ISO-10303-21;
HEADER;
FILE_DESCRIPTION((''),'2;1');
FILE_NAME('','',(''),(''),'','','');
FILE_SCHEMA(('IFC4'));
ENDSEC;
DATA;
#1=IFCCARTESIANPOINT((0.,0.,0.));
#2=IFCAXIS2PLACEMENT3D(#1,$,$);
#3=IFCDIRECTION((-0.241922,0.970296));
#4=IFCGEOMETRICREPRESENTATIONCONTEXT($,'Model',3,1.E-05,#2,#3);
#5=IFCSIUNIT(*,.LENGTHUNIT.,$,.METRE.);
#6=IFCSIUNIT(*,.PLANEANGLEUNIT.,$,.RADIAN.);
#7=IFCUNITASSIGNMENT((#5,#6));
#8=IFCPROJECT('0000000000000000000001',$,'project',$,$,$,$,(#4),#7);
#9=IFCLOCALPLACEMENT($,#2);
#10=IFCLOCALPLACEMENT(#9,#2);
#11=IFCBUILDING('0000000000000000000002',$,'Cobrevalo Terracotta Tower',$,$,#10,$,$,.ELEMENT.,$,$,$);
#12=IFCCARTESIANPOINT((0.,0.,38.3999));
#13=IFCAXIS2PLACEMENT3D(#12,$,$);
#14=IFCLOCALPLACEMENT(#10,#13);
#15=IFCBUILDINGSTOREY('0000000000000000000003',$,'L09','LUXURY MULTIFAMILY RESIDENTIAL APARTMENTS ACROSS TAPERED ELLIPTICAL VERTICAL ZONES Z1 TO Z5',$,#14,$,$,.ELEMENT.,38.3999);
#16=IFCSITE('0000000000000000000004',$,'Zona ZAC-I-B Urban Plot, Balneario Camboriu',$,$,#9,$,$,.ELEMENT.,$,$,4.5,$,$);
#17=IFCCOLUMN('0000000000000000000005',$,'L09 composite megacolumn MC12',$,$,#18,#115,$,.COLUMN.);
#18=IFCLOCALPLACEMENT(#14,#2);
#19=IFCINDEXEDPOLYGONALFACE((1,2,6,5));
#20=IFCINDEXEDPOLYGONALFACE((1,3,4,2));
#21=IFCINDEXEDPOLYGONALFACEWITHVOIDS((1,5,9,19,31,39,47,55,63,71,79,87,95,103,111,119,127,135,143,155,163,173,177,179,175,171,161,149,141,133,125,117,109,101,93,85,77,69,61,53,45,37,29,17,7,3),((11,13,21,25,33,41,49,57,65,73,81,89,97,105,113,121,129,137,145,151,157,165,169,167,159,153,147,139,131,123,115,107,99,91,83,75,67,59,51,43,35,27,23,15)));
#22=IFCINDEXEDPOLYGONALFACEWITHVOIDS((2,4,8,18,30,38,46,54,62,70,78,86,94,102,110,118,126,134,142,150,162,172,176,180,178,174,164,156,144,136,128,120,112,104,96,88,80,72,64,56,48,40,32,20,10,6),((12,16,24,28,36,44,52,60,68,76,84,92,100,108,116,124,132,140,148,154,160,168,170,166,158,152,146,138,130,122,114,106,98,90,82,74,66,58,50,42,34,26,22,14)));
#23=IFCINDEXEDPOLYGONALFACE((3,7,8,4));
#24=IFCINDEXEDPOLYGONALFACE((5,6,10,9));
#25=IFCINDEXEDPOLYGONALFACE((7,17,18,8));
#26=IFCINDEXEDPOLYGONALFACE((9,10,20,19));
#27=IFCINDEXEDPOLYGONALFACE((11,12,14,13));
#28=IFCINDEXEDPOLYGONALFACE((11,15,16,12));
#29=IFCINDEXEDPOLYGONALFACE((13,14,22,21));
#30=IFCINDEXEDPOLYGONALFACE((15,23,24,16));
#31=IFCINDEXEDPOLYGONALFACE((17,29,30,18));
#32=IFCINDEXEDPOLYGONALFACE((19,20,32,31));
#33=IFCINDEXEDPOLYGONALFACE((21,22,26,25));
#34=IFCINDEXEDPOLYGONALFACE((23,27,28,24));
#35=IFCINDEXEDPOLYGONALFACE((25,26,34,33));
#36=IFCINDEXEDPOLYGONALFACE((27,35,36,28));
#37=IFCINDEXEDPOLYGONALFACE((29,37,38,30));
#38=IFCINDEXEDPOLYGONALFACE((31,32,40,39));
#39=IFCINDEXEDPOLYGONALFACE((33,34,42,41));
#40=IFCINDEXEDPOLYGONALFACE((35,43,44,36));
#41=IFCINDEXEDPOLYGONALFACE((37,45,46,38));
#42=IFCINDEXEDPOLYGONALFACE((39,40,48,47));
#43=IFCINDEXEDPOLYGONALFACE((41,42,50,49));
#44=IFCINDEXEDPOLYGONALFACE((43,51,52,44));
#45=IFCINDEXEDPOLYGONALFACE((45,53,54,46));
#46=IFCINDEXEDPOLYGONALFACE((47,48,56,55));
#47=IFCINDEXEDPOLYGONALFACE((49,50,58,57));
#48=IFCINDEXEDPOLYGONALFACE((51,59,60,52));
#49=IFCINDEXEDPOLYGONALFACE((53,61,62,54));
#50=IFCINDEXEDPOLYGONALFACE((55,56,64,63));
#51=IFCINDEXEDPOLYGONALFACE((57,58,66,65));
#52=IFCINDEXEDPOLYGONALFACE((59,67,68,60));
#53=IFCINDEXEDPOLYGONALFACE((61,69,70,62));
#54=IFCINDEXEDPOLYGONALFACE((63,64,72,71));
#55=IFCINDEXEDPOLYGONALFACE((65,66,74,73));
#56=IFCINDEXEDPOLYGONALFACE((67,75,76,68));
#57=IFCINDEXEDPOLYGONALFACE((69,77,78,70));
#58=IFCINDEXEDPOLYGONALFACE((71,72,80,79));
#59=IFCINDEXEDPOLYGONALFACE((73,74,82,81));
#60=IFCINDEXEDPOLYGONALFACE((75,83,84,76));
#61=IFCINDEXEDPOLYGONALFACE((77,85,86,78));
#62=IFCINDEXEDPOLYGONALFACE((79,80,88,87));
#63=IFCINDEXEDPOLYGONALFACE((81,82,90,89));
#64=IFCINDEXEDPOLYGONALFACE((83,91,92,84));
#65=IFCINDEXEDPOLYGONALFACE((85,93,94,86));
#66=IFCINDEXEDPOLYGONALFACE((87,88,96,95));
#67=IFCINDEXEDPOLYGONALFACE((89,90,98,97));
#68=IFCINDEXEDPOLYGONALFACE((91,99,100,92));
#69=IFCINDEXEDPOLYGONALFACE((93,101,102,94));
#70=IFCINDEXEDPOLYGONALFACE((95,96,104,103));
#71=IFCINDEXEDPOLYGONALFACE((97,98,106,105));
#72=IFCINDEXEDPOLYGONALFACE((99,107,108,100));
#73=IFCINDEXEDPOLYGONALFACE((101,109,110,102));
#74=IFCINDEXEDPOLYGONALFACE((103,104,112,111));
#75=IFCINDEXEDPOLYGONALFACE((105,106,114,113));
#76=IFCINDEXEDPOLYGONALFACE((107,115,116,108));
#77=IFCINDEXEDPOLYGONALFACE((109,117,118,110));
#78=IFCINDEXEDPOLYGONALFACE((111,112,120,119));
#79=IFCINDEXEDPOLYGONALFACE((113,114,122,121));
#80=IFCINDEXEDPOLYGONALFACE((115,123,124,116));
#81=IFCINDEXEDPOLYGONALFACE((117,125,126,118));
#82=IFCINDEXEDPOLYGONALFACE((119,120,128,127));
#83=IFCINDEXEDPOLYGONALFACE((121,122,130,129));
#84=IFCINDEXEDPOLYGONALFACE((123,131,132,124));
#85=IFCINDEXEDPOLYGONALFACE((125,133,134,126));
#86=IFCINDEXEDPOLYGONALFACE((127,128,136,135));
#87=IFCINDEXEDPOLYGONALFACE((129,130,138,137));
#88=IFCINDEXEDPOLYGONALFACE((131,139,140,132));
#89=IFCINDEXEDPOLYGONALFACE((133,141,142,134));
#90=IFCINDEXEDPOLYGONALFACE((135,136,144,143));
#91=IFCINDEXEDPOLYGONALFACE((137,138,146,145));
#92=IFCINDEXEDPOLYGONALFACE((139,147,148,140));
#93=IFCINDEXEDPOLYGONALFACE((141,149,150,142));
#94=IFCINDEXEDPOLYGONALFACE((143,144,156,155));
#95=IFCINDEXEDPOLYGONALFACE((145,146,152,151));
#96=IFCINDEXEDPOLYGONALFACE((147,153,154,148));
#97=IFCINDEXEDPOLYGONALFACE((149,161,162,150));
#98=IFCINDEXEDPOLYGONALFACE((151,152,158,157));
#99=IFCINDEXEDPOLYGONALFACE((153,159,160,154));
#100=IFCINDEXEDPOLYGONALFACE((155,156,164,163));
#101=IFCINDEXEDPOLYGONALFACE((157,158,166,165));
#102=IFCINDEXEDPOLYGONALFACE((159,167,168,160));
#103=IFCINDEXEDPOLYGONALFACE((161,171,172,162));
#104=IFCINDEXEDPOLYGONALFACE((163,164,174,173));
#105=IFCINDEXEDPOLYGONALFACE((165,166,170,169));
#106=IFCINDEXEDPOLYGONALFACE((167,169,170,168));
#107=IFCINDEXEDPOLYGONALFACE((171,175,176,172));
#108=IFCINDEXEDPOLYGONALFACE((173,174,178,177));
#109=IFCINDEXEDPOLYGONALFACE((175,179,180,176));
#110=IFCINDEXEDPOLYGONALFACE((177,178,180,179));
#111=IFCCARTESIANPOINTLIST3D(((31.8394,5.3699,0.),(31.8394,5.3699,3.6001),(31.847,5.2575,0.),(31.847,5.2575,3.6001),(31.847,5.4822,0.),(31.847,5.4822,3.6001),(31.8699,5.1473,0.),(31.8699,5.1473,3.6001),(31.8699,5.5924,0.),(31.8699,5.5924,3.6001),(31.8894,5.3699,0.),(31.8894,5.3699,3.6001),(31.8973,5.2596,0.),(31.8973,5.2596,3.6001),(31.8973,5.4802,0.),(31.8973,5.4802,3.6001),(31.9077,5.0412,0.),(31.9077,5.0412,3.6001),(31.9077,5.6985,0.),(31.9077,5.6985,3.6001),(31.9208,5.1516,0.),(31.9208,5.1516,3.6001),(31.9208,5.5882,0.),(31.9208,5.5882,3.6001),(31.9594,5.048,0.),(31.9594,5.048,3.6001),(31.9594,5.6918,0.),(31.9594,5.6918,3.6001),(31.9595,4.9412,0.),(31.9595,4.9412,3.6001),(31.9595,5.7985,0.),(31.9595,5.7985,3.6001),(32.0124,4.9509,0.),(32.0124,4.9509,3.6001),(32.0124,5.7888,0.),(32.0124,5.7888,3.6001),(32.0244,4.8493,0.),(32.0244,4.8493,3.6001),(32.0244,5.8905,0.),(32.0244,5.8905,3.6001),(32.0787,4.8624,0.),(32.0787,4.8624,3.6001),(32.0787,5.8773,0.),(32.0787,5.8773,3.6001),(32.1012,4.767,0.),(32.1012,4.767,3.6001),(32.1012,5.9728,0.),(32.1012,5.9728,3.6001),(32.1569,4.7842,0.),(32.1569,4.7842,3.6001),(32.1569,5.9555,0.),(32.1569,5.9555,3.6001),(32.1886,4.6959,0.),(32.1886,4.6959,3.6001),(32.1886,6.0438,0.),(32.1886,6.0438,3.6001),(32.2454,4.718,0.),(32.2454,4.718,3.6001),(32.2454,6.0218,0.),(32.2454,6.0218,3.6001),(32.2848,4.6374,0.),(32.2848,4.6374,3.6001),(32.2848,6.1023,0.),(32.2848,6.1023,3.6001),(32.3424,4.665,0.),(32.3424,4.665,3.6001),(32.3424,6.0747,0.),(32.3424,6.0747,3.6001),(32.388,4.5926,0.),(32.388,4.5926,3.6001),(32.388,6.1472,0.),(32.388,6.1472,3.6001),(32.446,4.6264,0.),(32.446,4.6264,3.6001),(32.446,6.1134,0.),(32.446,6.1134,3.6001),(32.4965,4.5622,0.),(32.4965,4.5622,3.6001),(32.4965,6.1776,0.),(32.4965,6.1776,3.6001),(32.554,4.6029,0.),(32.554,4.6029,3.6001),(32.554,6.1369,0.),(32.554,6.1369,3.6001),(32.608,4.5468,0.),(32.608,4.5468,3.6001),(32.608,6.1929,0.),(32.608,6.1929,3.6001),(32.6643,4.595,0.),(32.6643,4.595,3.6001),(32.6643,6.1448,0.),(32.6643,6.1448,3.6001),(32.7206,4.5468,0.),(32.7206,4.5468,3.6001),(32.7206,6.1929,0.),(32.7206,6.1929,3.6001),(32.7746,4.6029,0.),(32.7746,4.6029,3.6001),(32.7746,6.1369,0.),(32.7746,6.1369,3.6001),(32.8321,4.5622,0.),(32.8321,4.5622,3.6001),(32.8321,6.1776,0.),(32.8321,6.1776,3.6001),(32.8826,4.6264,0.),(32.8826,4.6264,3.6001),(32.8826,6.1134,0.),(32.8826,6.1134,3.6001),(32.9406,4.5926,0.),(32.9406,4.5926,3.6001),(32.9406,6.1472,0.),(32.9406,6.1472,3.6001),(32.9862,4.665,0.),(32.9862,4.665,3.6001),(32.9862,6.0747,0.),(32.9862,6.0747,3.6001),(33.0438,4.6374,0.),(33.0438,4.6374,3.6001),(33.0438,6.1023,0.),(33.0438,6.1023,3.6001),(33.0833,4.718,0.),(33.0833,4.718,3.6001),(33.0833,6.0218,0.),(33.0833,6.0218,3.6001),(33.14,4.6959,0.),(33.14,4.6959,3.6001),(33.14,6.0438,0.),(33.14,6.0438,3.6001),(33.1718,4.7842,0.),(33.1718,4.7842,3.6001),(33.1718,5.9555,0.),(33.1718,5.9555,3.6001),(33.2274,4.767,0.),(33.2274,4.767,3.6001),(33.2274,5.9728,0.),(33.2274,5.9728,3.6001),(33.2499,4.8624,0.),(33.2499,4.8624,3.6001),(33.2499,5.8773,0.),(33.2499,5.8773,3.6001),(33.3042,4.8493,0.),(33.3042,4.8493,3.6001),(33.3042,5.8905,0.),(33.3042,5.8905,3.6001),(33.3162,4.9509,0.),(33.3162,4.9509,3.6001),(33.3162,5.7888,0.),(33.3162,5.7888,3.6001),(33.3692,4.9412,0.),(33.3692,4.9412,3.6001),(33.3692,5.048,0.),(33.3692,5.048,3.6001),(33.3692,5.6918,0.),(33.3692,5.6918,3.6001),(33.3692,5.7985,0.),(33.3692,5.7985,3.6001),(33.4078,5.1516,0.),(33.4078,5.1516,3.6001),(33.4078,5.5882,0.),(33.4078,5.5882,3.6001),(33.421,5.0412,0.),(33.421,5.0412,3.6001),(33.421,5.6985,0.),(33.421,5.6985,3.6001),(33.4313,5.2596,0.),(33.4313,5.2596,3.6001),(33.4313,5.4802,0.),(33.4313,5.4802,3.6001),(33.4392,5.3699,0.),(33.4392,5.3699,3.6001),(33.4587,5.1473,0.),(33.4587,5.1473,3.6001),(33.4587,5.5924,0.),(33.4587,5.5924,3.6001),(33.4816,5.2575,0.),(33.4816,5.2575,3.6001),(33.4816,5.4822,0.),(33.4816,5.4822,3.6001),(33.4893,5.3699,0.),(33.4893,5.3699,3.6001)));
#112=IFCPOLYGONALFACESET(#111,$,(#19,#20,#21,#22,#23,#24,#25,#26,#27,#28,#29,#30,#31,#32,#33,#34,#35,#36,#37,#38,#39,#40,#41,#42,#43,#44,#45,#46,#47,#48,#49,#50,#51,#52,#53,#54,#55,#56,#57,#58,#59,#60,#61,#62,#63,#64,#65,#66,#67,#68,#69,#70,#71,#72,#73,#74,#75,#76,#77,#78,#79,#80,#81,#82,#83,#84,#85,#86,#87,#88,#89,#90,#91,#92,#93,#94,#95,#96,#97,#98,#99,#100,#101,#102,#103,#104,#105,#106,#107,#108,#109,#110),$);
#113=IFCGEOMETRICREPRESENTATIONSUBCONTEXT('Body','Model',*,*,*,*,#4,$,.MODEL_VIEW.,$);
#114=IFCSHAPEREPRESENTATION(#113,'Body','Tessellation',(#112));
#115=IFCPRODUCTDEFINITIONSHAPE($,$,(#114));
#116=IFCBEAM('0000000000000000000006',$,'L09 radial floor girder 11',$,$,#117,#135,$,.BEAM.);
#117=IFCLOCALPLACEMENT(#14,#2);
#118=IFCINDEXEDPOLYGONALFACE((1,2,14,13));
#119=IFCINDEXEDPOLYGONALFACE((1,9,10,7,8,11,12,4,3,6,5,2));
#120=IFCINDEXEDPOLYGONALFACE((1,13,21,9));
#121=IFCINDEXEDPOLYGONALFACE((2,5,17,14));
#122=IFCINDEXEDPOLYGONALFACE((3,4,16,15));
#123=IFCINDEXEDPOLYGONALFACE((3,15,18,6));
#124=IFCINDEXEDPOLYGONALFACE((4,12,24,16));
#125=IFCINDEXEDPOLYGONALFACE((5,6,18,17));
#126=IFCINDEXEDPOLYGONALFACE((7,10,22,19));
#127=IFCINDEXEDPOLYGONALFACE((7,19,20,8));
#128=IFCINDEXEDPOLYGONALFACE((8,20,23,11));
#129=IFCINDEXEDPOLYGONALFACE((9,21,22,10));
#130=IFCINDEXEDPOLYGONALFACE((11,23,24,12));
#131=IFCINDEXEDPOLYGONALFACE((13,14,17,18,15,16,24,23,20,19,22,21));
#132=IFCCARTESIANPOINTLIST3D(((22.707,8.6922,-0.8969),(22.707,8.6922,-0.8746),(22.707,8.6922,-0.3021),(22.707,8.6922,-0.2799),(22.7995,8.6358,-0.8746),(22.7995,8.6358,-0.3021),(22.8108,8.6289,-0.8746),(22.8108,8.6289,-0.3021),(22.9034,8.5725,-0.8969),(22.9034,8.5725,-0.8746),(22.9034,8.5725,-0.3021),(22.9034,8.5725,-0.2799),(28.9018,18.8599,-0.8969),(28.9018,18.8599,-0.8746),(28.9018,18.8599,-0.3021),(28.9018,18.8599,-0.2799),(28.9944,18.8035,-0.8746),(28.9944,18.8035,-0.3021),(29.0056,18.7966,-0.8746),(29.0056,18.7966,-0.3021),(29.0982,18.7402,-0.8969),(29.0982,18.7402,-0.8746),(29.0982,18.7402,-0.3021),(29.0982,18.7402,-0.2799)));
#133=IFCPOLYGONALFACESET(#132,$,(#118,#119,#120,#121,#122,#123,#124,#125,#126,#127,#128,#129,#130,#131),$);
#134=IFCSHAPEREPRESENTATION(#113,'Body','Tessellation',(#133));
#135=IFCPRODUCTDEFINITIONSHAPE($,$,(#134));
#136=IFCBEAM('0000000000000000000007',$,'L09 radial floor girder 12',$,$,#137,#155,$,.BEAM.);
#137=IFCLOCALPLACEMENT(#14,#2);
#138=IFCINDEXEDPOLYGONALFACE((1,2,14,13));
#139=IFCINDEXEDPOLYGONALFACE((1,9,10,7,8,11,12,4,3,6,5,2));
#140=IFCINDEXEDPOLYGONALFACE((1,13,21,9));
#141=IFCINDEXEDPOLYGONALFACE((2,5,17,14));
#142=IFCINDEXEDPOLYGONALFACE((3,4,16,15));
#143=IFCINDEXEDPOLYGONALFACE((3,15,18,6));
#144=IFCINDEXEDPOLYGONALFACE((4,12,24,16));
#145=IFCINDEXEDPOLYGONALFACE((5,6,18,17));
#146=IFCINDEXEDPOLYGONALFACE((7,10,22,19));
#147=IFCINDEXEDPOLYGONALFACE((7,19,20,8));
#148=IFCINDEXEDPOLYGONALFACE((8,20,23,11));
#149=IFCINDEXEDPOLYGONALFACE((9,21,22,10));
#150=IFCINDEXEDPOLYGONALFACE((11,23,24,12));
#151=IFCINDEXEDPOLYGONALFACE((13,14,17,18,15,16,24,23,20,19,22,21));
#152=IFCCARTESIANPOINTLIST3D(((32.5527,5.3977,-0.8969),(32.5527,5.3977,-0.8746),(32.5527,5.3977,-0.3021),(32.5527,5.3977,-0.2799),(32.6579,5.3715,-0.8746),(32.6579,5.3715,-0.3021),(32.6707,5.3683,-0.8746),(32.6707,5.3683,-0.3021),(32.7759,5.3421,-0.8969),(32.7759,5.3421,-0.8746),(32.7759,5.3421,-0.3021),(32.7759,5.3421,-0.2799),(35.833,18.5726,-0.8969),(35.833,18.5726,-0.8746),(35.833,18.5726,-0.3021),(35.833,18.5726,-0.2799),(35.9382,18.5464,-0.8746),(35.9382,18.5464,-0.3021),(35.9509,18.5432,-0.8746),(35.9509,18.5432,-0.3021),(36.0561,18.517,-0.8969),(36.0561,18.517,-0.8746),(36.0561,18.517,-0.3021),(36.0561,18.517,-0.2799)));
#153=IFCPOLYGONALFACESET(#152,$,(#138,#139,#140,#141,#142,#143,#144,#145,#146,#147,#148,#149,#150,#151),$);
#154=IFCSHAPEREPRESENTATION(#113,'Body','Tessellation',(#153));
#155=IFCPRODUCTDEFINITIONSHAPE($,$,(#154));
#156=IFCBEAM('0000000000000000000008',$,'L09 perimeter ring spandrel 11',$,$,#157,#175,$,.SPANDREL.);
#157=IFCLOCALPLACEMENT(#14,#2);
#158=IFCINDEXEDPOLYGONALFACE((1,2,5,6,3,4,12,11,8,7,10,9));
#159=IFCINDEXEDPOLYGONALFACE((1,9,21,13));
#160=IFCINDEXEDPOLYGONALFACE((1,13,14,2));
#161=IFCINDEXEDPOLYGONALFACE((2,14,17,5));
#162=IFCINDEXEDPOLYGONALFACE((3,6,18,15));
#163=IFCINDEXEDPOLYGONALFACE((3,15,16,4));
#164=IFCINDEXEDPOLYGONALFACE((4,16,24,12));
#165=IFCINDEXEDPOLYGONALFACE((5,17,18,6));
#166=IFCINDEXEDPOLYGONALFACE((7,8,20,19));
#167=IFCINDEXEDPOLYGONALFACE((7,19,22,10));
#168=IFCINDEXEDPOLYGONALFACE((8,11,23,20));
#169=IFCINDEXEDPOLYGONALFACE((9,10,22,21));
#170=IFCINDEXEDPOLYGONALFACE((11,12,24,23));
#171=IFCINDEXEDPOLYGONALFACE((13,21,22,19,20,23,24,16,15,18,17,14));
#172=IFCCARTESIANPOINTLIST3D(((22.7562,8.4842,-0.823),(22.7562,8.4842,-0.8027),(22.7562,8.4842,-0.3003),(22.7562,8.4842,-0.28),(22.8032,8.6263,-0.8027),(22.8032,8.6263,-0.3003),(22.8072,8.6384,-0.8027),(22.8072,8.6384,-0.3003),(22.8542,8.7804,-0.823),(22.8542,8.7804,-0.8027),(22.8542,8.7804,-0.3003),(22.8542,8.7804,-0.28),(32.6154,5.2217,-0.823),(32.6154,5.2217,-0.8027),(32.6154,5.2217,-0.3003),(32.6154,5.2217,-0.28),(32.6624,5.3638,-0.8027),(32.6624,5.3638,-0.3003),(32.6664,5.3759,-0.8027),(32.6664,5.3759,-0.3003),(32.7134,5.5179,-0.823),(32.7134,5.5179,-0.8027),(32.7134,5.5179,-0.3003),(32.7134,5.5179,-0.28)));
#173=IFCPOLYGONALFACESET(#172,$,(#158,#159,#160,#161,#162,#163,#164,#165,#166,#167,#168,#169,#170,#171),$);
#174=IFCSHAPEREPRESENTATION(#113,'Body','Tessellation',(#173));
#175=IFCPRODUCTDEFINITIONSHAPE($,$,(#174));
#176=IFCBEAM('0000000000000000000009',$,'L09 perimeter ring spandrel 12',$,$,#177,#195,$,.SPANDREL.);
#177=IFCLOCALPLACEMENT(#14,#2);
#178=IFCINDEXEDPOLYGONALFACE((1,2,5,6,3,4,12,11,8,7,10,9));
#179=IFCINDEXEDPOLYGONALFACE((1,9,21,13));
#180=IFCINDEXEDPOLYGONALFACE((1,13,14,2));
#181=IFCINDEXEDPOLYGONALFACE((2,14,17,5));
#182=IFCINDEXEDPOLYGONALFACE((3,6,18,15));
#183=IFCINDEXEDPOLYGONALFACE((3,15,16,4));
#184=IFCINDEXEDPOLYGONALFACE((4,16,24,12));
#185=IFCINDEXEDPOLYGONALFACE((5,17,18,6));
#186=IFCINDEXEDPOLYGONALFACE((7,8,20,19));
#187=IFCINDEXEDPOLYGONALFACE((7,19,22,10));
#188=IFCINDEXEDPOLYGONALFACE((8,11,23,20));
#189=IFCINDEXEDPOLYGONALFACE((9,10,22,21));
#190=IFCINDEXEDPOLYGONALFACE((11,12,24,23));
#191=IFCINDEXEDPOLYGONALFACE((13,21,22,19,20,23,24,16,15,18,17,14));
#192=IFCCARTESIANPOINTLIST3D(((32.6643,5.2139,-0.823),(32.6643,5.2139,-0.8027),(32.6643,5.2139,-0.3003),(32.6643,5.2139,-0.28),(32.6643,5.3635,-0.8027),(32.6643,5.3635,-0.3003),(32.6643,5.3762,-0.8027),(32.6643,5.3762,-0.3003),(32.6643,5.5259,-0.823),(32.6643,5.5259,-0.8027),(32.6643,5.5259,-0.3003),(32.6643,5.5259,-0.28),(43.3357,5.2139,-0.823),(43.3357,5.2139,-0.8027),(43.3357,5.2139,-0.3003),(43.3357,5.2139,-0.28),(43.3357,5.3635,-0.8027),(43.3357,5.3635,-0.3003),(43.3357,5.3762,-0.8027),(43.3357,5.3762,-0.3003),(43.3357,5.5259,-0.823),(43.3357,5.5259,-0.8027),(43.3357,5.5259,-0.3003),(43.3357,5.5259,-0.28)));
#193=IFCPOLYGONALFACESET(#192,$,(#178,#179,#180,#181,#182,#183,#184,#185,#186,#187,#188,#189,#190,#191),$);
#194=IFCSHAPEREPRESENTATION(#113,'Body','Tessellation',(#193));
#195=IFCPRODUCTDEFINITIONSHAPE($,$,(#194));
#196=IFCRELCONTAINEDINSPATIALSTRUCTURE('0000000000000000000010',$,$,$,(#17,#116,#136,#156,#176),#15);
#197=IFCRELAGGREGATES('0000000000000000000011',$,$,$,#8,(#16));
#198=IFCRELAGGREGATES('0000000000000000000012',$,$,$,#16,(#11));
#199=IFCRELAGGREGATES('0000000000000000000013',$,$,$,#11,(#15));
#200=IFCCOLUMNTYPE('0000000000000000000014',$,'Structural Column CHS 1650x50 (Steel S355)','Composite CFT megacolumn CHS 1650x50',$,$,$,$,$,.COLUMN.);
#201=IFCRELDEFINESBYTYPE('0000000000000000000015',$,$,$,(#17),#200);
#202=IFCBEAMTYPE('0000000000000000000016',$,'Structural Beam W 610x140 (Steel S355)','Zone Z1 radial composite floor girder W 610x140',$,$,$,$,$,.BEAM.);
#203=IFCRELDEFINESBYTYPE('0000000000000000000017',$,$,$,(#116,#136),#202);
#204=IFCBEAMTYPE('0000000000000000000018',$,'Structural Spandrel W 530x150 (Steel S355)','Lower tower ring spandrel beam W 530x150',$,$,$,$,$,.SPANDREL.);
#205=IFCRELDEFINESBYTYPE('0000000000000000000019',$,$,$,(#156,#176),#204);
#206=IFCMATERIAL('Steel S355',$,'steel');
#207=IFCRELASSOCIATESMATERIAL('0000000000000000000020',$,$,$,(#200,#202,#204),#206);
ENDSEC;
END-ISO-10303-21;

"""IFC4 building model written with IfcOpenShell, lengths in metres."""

from ifc_helpers import new_model, si_unit, direction, frame, origin, origin_2d, place, context, subcontext, project, spatial, hollow_circle, i_section, extrude, material, material_profile, profile_set, type_object, element, save


model = new_model("IFC4")

# Units and contexts
model_context = context("Model", 3, precision=1e-05, world=origin(), true_north=direction((-0.241922, 0.970296)))
body_context = subcontext(model_context, "Body", "Model", "MODEL_VIEW")
ifc_project = project(units=[si_unit("LENGTHUNIT", "METRE"), si_unit("PLANEANGLEUNIT", "RADIAN")], contexts=[model_context])

# Site, building, storey
site_placement = place(None, origin())
site = spatial("IfcSite", under=ifc_project, at=site_placement, Name="Zona ZAC-I-B Urban Plot, Balneario Camboriu", CompositionType="ELEMENT", RefElevation=4.5)
building_placement = place(site_placement, origin())
building = spatial("IfcBuilding", under=site, at=building_placement, Name="Cobrevalo Terracotta Tower", CompositionType="ELEMENT")
storey_placement = place(building_placement, frame((0.0, 0.0, 38.3999)))
storey = spatial("IfcBuildingStorey", under=building, at=storey_placement, Name="L09", Description="LUXURY MULTIFAMILY RESIDENTIAL APARTMENTS ACROSS TAPERED ELLIPTICAL VERTICAL ZONES Z1 TO Z5", CompositionType="ELEMENT", Elevation=38.3999)

# Column
ifc_material_1 = material(Name="Steel S355", Category="steel")
ifc_material_profile_1 = material_profile(ifc_material_1, hollow_circle(Radius=0.825, WallThickness=0.05, at=origin_2d()), Name="CHS 1650x50")
ifc_profile_set_1 = profile_set([ifc_material_profile_1], Name="Steel S355")
column_type = type_object("IfcColumnType", Name="Structural Column CHS 1650x50 (Steel S355)", Description="Composite CFT megacolumn CHS 1650x50", PredefinedType="COLUMN", material=ifc_profile_set_1)
for number, where, z_axis, x_axis, name in (
    (1, (32.6643, 5.3699, 0.0), (0.0, 0.0, 1.0), (1.0, 0.0, 0.0), "L09 composite megacolumn MC12"),
):
    element("IfcColumn", number, at=place(storey_placement, frame(where, z_axis=z_axis, x_axis=x_axis)), inside=storey, type_object=column_type, Name=name, PredefinedType="COLUMN", context=body_context, shape_type="SweptSolid", body=[
        extrude(hollow_circle(Radius=0.825, WallThickness=0.05, at=origin_2d()), origin(), (0.0, 0.0, 1.0), 3.6001),
    ])

# Beams
ifc_material_profile_2 = material_profile(ifc_material_1, i_section(OverallWidth=0.23, OverallDepth=0.6169, WebThickness=0.0132, FlangeThickness=0.0222, at=origin_2d()), Name="W 610x140")
ifc_profile_set_2 = profile_set([ifc_material_profile_2], Name="Steel S355")
beam_type_1 = type_object("IfcBeamType", Name="Structural Beam W 610x140 (Steel S355)", Description="Zone Z1 radial composite floor girder W 610x140", PredefinedType="BEAM", material=ifc_profile_set_2)
beam_1_placement = place(storey_placement, frame((22.8052, 8.6323, -0.5884), z_axis=(0.520301, 0.853983, 0.0), x_axis=(-0.853983, 0.520301, 0.0)))
element("IfcBeam", 2, at=beam_1_placement, inside=storey, type_object=beam_type_1, Name="L09 radial floor girder 11", PredefinedType="BEAM", context=body_context, shape_type="SweptSolid", body=[
    extrude(i_section(OverallWidth=0.23, OverallDepth=0.6169, WebThickness=0.0132, FlangeThickness=0.0222, at=origin_2d()), origin(), (0.0, 0.0, 1.0), 11.9062),
])
beam_2_placement = place(storey_placement, frame((32.6643, 5.3699, -0.5884), z_axis=(0.2416, 0.970376, 0.0), x_axis=(-0.970376, 0.2416, 0.0)))
element("IfcBeam", 3, at=beam_2_placement, inside=storey, type_object=beam_type_1, Name="L09 radial floor girder 12", PredefinedType="BEAM", context=body_context, shape_type="SweptSolid", body=[
    extrude(i_section(OverallWidth=0.23, OverallDepth=0.6169, WebThickness=0.0132, FlangeThickness=0.0222, at=origin_2d()), origin(), (0.0, 0.0, 1.0), 13.5771),
])
ifc_material_profile_3 = material_profile(ifc_material_1, i_section(OverallWidth=0.312, OverallDepth=0.543, WebThickness=0.0127, FlangeThickness=0.0203, at=origin_2d()), Name="W 530x150")
ifc_profile_set_3 = profile_set([ifc_material_profile_3], Name="Steel S355")
beam_type_2 = type_object("IfcBeamType", Name="Structural Spandrel W 530x150 (Steel S355)", Description="Lower tower ring spandrel beam W 530x150", PredefinedType="SPANDREL", material=ifc_profile_set_3)
beam_3_placement = place(storey_placement, frame((22.8052, 8.6323, -0.5515), z_axis=(0.949372, -0.314153, 0.0), x_axis=(0.314153, 0.949372, 0.0)))
element("IfcBeam", 4, at=beam_3_placement, inside=storey, type_object=beam_type_2, Name="L09 perimeter ring spandrel 11", PredefinedType="SPANDREL", context=body_context, shape_type="SweptSolid", body=[
    extrude(i_section(OverallWidth=0.312, OverallDepth=0.543, WebThickness=0.0127, FlangeThickness=0.0203, at=origin_2d()), origin(), (0.0, 0.0, 1.0), 10.385),
])
beam_4_placement = place(storey_placement, frame((32.6643, 5.3699, -0.5515), z_axis=(1.0, 0.0, 0.0), x_axis=(0.0, 1.0, 0.0)))
element("IfcBeam", 5, at=beam_4_placement, inside=storey, type_object=beam_type_2, Name="L09 perimeter ring spandrel 12", PredefinedType="SPANDREL", context=body_context, shape_type="SweptSolid", body=[
    extrude(i_section(OverallWidth=0.312, OverallDepth=0.543, WebThickness=0.0127, FlangeThickness=0.0203, at=origin_2d()), origin(), (0.0, 0.0, 1.0), 10.6714),
])

save(model, "model.ifc")
